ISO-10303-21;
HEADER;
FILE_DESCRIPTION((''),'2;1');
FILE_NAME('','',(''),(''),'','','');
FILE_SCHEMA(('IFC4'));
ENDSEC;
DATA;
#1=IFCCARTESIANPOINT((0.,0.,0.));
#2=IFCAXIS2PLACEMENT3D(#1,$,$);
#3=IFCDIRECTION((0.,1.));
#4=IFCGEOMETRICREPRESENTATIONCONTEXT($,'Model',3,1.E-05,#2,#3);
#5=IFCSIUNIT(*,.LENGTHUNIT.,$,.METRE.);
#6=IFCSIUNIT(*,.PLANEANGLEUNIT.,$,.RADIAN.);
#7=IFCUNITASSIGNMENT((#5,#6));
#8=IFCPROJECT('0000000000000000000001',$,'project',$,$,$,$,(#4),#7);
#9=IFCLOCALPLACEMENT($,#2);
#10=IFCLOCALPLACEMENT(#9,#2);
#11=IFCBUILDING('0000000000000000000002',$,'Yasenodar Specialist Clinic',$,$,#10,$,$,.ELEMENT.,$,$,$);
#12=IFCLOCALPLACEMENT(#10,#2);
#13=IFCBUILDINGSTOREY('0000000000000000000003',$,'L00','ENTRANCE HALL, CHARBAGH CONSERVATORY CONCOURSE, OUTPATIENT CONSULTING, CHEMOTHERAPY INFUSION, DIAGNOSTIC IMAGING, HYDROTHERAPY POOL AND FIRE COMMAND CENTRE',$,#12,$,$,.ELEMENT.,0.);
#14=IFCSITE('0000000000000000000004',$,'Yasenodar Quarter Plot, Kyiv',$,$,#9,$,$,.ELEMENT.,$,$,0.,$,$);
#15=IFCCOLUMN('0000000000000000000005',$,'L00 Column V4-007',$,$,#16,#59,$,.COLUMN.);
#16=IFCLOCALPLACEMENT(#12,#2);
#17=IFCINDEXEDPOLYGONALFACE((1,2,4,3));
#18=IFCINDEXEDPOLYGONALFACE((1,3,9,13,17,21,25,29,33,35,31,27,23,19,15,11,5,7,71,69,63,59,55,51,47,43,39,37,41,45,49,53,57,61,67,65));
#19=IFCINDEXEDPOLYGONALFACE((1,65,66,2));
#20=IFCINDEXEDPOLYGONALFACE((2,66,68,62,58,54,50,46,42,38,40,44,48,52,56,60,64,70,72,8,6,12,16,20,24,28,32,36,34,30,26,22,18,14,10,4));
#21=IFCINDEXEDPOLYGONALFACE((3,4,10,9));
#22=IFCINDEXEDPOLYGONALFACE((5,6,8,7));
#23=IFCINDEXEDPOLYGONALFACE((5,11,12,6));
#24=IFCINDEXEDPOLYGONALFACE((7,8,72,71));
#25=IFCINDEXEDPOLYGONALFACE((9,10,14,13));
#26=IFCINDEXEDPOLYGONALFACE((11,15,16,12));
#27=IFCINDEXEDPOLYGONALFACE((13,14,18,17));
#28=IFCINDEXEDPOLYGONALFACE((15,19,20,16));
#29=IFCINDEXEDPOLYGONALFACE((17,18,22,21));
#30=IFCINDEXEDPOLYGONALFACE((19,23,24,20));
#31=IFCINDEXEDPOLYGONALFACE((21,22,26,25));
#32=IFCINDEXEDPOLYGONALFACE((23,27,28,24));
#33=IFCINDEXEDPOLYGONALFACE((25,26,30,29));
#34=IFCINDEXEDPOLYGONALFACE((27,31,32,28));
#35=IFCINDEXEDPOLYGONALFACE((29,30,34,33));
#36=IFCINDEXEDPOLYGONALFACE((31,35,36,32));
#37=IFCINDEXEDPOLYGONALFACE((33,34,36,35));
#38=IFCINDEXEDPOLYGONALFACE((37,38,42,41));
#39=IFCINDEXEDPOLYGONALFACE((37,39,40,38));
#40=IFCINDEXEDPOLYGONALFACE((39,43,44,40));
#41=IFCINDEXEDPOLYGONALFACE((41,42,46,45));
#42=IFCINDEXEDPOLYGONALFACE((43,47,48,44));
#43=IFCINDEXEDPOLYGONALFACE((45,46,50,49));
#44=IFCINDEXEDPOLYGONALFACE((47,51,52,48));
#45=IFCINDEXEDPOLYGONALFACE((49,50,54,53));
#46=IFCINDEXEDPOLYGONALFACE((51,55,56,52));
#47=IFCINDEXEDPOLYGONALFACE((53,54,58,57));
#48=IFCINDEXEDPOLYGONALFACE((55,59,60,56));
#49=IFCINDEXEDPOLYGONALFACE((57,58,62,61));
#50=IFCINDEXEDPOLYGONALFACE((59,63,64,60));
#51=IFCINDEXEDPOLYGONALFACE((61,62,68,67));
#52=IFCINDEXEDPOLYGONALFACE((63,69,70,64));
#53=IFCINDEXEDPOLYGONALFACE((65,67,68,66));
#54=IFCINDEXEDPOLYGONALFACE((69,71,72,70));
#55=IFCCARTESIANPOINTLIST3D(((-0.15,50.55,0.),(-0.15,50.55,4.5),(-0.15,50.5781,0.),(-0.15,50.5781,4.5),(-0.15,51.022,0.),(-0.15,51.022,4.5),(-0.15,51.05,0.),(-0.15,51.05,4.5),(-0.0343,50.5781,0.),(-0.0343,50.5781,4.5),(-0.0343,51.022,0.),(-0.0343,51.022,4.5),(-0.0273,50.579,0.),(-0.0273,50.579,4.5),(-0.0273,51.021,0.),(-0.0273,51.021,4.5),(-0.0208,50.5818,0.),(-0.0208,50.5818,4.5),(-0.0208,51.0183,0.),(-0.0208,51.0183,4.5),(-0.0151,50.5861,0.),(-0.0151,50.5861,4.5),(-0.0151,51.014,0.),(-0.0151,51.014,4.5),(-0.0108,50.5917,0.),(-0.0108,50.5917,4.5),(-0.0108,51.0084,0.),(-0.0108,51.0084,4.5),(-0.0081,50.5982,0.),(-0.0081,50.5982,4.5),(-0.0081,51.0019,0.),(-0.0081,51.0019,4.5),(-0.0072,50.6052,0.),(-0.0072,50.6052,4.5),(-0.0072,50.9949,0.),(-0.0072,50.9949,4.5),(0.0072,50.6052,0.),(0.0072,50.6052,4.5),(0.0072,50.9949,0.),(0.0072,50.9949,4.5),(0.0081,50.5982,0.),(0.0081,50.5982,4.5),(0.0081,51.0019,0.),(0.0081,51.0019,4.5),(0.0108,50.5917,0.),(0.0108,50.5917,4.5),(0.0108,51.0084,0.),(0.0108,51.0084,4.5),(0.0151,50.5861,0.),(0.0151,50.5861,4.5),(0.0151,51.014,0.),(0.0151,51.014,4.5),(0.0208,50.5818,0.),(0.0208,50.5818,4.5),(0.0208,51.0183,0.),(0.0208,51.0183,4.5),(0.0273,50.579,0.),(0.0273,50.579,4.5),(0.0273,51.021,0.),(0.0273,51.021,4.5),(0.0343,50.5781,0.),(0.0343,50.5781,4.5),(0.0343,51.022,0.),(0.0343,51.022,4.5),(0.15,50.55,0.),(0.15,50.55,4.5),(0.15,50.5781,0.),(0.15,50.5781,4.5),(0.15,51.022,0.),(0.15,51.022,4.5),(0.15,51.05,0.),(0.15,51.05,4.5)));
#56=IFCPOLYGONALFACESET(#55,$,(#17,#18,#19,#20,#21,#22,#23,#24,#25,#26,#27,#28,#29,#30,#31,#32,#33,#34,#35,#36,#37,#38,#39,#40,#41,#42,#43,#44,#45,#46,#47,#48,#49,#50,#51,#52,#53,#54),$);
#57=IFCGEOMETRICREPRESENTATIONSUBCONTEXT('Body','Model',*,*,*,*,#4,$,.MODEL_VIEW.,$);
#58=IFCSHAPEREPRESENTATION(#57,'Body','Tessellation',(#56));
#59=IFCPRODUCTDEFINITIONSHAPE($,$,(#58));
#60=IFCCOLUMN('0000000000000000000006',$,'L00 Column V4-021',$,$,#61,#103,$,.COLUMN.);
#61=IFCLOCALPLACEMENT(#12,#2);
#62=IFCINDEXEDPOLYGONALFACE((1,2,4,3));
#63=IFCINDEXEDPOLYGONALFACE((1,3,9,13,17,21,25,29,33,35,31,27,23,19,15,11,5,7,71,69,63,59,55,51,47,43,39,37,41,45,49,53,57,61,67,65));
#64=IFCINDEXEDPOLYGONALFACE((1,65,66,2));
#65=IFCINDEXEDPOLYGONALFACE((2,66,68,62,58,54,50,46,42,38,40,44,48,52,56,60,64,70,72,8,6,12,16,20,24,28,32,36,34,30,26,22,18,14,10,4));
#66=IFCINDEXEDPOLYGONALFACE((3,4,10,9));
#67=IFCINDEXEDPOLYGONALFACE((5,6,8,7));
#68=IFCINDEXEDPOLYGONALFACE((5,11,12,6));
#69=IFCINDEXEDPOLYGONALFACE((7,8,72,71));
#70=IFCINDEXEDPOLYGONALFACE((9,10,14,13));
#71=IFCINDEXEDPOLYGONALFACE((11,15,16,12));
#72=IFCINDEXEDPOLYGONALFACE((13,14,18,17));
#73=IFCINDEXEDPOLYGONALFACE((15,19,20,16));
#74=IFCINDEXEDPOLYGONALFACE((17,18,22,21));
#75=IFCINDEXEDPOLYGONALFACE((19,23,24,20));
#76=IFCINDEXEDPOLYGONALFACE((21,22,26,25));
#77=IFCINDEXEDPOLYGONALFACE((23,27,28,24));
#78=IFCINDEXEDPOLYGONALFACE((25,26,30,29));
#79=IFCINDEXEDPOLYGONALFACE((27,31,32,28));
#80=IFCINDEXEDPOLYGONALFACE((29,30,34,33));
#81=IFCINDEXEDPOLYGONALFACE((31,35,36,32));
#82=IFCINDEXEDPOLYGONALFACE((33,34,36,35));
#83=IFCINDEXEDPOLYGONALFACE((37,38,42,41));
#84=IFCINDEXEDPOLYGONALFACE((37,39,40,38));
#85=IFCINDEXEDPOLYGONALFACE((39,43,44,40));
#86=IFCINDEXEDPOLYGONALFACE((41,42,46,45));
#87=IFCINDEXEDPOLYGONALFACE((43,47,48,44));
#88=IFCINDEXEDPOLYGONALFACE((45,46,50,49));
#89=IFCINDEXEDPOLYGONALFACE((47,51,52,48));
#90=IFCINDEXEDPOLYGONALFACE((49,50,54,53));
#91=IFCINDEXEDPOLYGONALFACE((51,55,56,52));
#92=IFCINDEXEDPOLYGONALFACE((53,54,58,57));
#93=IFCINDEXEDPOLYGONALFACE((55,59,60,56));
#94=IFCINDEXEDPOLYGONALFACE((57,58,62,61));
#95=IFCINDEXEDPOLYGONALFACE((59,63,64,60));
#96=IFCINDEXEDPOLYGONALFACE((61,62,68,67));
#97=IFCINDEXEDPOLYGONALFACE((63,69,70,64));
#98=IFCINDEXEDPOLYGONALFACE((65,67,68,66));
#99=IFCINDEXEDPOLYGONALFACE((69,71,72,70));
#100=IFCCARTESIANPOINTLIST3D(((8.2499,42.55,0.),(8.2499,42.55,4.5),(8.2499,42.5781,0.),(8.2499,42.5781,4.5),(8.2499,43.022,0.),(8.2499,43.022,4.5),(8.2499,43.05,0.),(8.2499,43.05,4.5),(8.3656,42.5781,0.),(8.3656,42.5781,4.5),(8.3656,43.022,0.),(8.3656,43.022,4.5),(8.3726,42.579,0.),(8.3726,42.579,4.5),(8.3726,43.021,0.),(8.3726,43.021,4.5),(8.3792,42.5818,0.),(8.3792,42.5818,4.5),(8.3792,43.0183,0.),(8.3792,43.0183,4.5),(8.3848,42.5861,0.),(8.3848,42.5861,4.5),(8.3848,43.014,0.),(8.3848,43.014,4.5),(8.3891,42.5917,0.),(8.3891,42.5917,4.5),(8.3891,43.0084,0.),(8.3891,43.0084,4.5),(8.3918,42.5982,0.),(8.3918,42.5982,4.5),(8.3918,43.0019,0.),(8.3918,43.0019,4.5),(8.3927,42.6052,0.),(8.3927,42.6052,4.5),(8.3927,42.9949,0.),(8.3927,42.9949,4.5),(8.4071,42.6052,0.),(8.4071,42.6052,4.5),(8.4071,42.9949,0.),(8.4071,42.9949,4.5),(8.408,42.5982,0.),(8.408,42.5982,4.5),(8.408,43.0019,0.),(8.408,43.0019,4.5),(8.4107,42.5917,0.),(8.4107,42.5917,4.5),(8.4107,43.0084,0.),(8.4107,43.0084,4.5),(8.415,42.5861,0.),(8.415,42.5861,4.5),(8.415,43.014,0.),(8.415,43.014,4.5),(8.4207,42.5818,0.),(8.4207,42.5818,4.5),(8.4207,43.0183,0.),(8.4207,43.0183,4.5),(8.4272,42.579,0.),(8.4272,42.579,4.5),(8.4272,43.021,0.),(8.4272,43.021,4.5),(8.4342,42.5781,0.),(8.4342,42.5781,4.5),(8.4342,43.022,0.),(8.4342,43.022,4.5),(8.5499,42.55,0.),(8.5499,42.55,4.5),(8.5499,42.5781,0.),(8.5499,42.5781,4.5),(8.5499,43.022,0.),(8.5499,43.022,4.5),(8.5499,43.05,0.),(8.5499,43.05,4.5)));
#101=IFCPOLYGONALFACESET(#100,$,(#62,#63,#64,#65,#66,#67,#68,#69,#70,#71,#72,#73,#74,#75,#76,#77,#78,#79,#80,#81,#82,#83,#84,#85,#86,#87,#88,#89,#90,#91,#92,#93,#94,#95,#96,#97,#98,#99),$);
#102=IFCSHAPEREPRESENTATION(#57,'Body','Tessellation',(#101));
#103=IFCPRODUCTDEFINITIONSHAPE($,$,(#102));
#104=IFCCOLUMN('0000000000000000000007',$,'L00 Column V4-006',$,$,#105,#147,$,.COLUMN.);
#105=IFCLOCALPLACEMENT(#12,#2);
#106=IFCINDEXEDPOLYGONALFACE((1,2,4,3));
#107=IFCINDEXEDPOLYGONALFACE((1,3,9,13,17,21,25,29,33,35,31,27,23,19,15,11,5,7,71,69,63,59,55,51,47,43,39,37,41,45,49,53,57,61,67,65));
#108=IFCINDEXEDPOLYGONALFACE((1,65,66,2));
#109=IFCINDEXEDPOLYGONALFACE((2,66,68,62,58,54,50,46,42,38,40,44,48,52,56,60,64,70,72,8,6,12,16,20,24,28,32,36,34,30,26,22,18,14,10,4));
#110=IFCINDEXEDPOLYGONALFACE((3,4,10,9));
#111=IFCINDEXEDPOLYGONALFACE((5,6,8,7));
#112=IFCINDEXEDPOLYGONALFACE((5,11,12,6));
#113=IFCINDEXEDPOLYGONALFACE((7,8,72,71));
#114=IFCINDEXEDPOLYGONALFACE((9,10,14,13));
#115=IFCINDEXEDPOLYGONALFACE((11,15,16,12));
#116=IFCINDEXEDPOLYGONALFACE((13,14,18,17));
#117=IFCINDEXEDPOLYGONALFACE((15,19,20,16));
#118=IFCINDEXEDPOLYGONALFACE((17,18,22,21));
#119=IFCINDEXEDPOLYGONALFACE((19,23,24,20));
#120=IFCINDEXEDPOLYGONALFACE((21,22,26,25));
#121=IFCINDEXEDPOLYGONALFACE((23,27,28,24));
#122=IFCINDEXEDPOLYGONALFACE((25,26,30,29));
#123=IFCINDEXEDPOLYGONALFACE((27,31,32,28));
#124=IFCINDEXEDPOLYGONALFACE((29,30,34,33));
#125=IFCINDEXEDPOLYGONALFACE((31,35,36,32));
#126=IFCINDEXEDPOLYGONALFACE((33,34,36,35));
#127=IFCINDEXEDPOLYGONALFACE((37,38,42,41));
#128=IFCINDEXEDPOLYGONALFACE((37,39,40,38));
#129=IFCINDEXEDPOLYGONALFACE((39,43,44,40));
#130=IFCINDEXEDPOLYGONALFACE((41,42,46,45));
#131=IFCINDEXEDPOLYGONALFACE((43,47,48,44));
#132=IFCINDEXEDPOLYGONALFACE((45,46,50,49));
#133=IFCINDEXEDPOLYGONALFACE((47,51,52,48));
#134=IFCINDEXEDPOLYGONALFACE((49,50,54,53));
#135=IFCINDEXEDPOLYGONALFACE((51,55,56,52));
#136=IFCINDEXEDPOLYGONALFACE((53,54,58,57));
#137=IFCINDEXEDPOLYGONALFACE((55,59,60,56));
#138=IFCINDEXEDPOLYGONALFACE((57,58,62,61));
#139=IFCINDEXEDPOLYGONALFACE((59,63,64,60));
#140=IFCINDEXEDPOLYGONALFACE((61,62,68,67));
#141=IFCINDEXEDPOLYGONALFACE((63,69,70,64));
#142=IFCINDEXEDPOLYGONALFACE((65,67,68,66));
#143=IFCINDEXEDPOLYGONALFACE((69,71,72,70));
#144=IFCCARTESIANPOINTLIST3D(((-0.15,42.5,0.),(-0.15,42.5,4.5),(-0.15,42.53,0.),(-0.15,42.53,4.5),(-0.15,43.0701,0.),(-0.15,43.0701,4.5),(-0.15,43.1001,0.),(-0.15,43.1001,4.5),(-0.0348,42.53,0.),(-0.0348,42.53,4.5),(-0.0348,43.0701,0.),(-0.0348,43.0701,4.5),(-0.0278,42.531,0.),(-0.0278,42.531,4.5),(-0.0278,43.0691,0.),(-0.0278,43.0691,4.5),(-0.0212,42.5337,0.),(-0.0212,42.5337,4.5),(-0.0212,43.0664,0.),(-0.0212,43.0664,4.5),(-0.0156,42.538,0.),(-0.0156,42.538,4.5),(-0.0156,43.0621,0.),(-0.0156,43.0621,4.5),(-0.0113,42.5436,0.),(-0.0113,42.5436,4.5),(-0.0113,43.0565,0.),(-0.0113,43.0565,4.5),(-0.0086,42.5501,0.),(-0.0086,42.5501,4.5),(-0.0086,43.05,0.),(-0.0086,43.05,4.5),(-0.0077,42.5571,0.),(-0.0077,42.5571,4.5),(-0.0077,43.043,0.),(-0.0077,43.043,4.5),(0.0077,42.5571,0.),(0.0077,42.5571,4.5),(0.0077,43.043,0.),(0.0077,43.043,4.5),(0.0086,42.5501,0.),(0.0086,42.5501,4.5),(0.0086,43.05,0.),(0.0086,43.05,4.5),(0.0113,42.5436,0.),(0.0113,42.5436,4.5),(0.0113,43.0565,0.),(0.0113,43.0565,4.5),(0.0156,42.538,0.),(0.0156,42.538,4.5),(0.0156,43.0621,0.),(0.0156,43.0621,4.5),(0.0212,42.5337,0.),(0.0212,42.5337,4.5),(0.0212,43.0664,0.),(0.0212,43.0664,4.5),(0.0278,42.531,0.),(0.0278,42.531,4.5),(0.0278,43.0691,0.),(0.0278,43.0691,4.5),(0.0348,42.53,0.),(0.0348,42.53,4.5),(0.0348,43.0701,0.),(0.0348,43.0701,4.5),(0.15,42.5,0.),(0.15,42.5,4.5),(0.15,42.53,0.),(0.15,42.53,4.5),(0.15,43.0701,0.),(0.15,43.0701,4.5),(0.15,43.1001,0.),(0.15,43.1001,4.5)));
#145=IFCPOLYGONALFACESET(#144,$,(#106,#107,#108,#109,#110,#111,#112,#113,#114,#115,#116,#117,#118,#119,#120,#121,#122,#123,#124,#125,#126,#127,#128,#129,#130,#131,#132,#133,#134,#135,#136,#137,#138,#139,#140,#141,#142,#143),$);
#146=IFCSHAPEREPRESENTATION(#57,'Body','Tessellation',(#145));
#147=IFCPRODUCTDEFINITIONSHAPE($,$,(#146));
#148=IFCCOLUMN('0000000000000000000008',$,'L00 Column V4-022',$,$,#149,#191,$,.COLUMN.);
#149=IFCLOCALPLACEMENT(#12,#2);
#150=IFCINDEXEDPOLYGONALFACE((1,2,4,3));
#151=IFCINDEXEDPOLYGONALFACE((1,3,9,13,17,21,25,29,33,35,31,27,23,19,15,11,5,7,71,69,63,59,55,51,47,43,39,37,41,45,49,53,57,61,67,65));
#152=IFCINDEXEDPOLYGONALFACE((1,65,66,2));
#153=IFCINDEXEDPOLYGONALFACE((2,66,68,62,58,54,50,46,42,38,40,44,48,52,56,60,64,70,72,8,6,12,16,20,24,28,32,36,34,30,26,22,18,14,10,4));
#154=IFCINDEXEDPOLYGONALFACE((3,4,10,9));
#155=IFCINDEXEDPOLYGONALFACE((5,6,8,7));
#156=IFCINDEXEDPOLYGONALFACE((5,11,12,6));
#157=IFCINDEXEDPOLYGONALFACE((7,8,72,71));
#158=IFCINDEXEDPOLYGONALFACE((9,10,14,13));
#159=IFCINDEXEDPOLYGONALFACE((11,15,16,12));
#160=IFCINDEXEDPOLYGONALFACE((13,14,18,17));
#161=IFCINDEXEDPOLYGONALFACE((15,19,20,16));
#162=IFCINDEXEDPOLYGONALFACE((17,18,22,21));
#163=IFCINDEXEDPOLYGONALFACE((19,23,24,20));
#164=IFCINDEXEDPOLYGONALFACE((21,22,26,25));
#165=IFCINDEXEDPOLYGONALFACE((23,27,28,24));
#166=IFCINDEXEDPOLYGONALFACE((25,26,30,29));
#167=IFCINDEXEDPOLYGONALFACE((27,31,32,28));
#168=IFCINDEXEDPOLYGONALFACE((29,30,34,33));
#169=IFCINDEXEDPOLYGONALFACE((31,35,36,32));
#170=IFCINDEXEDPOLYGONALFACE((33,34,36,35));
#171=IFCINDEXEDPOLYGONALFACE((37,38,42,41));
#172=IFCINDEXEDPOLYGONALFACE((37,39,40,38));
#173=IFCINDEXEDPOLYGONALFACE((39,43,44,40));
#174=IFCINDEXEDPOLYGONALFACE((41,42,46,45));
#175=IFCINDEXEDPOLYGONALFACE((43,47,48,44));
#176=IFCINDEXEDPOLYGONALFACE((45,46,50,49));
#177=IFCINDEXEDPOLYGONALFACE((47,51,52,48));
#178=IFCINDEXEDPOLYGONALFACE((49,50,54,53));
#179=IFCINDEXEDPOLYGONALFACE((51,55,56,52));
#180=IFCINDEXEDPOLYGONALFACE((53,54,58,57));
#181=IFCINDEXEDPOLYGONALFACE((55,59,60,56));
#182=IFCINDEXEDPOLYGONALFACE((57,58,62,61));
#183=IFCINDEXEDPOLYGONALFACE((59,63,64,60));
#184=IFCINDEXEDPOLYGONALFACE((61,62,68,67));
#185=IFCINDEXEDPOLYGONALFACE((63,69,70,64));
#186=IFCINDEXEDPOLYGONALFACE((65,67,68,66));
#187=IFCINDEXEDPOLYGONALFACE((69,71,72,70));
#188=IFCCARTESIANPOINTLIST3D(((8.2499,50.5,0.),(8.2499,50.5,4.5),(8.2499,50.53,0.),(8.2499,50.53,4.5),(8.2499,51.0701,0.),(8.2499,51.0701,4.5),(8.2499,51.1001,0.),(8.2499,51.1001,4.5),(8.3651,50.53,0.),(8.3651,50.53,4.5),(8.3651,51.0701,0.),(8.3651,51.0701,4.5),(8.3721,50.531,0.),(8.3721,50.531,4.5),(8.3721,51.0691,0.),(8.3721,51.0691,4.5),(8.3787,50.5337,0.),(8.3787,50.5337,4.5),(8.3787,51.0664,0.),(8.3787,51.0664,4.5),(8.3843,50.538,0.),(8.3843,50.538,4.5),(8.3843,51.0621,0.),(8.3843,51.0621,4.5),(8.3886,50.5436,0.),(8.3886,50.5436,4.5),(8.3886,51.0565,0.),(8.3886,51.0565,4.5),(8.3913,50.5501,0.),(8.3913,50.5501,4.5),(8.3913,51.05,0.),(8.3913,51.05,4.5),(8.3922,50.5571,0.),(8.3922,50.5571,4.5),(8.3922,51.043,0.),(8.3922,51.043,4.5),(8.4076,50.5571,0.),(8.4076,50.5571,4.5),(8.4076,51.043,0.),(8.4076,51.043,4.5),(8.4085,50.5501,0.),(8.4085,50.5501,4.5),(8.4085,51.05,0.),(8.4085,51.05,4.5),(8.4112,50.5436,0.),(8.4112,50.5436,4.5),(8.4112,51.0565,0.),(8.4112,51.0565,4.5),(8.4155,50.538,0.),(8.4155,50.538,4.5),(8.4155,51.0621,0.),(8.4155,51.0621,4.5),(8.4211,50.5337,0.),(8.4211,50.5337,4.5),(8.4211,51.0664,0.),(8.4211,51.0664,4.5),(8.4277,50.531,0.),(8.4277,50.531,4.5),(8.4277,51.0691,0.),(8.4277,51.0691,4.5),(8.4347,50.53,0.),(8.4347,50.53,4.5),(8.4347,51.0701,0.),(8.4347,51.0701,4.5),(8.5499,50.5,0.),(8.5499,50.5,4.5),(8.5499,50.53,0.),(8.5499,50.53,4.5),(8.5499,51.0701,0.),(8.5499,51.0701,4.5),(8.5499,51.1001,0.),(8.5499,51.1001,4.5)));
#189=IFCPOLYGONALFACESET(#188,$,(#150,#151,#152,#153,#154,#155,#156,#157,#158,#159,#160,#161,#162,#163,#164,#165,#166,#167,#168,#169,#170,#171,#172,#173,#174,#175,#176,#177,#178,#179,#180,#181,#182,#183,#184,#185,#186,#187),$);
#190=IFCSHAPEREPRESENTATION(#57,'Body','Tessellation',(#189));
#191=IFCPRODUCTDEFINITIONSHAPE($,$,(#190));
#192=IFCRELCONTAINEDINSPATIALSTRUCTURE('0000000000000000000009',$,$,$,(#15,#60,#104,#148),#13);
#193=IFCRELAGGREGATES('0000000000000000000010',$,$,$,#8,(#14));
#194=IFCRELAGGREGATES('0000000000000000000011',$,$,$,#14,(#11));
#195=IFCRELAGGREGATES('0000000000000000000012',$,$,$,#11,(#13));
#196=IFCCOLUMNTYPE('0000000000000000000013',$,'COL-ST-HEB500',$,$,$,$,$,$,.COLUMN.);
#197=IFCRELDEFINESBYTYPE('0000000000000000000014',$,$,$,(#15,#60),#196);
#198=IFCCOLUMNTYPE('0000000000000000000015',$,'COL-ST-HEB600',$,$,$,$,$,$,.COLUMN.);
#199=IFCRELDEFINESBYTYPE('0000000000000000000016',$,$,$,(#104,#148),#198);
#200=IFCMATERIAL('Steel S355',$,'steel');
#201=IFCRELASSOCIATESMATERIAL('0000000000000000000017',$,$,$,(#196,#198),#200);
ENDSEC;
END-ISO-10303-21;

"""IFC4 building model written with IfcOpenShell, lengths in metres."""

from ifc_helpers import new_model, si_unit, direction, frame, origin, origin_2d, place, context, subcontext, project, spatial, i_section, extrude, material, material_profile, profile_set, type_object, element, save


model = new_model("IFC4")

# Units and contexts
model_context = context("Model", 3, precision=1e-05, world=origin(), true_north=direction((0.0, 1.0)))
body_context = subcontext(model_context, "Body", "Model", "MODEL_VIEW")
ifc_project = project(units=[si_unit("LENGTHUNIT", "METRE"), si_unit("PLANEANGLEUNIT", "RADIAN")], contexts=[model_context])

# Site, building, storey
site_placement = place(None, origin())
site = spatial("IfcSite", under=ifc_project, at=site_placement, Name="Yasenodar Quarter Plot, Kyiv", CompositionType="ELEMENT", RefElevation=0.0)
building_placement = place(site_placement, origin())
building = spatial("IfcBuilding", under=site, at=building_placement, Name="Yasenodar Specialist Clinic", CompositionType="ELEMENT")
storey_placement = place(building_placement, origin())
storey = spatial("IfcBuildingStorey", under=building, at=storey_placement, Name="L00", Description="ENTRANCE HALL, CHARBAGH CONSERVATORY CONCOURSE, OUTPATIENT CONSULTING, CHEMOTHERAPY INFUSION, DIAGNOSTIC IMAGING, HYDROTHERAPY POOL AND FIRE COMMAND CENTRE", CompositionType="ELEMENT", Elevation=0.0)

# Columns
ifc_material_1 = material(Name="Steel S355", Category="steel")
ifc_material_profile_1 = material_profile(ifc_material_1, i_section(OverallWidth=0.3, OverallDepth=0.5, WebThickness=0.0144, FlangeThickness=0.0281, FilletRadius=0.0271, at=origin_2d()), Name="HEB 500")
ifc_profile_set_1 = profile_set([ifc_material_profile_1], Name="Steel S355")
column_type_1 = type_object("IfcColumnType", Name="COL-ST-HEB500", PredefinedType="COLUMN", material=ifc_profile_set_1)
for number, where, z_axis, x_axis, name in (
    (1, (0.0, 50.8, 0.0), (0.0, 0.0, 1.0), (1.0, 0.0, 0.0), "L00 Column V4-007"),
    (2, (8.3999, 42.8, 0.0), (0.0, 0.0, 1.0), (1.0, 0.0, 0.0), "L00 Column V4-021"),
):
    element("IfcColumn", number, at=place(storey_placement, frame(where, z_axis=z_axis, x_axis=x_axis)), inside=storey, type_object=column_type_1, Name=name, PredefinedType="COLUMN", context=body_context, shape_type="SweptSolid", body=[
        extrude(i_section(OverallWidth=0.3, OverallDepth=0.5, WebThickness=0.0144, FlangeThickness=0.0281, FilletRadius=0.0271, at=origin_2d()), origin(), (0.0, 0.0, 1.0), 4.5),
    ])
ifc_material_profile_2 = material_profile(ifc_material_1, i_section(OverallWidth=0.3, OverallDepth=0.6001, WebThickness=0.0154, FlangeThickness=0.03, FilletRadius=0.0271, at=origin_2d()), Name="HEB 600")
ifc_profile_set_2 = profile_set([ifc_material_profile_2], Name="Steel S355")
column_type_2 = type_object("IfcColumnType", Name="COL-ST-HEB600", PredefinedType="COLUMN", material=ifc_profile_set_2)
for number, where, z_axis, x_axis, name in (
    (3, (0.0, 42.8, 0.0), (0.0, 0.0, 1.0), (1.0, 0.0, 0.0), "L00 Column V4-006"),
    (4, (8.3999, 50.8, 0.0), (0.0, 0.0, 1.0), (1.0, 0.0, 0.0), "L00 Column V4-022"),
):
    element("IfcColumn", number, at=place(storey_placement, frame(where, z_axis=z_axis, x_axis=x_axis)), inside=storey, type_object=column_type_2, Name=name, PredefinedType="COLUMN", context=body_context, shape_type="SweptSolid", body=[
        extrude(i_section(OverallWidth=0.3, OverallDepth=0.6001, WebThickness=0.0154, FlangeThickness=0.03, FilletRadius=0.0271, at=origin_2d()), origin(), (0.0, 0.0, 1.0), 4.5),
    ])

save(model, "model.ifc")
